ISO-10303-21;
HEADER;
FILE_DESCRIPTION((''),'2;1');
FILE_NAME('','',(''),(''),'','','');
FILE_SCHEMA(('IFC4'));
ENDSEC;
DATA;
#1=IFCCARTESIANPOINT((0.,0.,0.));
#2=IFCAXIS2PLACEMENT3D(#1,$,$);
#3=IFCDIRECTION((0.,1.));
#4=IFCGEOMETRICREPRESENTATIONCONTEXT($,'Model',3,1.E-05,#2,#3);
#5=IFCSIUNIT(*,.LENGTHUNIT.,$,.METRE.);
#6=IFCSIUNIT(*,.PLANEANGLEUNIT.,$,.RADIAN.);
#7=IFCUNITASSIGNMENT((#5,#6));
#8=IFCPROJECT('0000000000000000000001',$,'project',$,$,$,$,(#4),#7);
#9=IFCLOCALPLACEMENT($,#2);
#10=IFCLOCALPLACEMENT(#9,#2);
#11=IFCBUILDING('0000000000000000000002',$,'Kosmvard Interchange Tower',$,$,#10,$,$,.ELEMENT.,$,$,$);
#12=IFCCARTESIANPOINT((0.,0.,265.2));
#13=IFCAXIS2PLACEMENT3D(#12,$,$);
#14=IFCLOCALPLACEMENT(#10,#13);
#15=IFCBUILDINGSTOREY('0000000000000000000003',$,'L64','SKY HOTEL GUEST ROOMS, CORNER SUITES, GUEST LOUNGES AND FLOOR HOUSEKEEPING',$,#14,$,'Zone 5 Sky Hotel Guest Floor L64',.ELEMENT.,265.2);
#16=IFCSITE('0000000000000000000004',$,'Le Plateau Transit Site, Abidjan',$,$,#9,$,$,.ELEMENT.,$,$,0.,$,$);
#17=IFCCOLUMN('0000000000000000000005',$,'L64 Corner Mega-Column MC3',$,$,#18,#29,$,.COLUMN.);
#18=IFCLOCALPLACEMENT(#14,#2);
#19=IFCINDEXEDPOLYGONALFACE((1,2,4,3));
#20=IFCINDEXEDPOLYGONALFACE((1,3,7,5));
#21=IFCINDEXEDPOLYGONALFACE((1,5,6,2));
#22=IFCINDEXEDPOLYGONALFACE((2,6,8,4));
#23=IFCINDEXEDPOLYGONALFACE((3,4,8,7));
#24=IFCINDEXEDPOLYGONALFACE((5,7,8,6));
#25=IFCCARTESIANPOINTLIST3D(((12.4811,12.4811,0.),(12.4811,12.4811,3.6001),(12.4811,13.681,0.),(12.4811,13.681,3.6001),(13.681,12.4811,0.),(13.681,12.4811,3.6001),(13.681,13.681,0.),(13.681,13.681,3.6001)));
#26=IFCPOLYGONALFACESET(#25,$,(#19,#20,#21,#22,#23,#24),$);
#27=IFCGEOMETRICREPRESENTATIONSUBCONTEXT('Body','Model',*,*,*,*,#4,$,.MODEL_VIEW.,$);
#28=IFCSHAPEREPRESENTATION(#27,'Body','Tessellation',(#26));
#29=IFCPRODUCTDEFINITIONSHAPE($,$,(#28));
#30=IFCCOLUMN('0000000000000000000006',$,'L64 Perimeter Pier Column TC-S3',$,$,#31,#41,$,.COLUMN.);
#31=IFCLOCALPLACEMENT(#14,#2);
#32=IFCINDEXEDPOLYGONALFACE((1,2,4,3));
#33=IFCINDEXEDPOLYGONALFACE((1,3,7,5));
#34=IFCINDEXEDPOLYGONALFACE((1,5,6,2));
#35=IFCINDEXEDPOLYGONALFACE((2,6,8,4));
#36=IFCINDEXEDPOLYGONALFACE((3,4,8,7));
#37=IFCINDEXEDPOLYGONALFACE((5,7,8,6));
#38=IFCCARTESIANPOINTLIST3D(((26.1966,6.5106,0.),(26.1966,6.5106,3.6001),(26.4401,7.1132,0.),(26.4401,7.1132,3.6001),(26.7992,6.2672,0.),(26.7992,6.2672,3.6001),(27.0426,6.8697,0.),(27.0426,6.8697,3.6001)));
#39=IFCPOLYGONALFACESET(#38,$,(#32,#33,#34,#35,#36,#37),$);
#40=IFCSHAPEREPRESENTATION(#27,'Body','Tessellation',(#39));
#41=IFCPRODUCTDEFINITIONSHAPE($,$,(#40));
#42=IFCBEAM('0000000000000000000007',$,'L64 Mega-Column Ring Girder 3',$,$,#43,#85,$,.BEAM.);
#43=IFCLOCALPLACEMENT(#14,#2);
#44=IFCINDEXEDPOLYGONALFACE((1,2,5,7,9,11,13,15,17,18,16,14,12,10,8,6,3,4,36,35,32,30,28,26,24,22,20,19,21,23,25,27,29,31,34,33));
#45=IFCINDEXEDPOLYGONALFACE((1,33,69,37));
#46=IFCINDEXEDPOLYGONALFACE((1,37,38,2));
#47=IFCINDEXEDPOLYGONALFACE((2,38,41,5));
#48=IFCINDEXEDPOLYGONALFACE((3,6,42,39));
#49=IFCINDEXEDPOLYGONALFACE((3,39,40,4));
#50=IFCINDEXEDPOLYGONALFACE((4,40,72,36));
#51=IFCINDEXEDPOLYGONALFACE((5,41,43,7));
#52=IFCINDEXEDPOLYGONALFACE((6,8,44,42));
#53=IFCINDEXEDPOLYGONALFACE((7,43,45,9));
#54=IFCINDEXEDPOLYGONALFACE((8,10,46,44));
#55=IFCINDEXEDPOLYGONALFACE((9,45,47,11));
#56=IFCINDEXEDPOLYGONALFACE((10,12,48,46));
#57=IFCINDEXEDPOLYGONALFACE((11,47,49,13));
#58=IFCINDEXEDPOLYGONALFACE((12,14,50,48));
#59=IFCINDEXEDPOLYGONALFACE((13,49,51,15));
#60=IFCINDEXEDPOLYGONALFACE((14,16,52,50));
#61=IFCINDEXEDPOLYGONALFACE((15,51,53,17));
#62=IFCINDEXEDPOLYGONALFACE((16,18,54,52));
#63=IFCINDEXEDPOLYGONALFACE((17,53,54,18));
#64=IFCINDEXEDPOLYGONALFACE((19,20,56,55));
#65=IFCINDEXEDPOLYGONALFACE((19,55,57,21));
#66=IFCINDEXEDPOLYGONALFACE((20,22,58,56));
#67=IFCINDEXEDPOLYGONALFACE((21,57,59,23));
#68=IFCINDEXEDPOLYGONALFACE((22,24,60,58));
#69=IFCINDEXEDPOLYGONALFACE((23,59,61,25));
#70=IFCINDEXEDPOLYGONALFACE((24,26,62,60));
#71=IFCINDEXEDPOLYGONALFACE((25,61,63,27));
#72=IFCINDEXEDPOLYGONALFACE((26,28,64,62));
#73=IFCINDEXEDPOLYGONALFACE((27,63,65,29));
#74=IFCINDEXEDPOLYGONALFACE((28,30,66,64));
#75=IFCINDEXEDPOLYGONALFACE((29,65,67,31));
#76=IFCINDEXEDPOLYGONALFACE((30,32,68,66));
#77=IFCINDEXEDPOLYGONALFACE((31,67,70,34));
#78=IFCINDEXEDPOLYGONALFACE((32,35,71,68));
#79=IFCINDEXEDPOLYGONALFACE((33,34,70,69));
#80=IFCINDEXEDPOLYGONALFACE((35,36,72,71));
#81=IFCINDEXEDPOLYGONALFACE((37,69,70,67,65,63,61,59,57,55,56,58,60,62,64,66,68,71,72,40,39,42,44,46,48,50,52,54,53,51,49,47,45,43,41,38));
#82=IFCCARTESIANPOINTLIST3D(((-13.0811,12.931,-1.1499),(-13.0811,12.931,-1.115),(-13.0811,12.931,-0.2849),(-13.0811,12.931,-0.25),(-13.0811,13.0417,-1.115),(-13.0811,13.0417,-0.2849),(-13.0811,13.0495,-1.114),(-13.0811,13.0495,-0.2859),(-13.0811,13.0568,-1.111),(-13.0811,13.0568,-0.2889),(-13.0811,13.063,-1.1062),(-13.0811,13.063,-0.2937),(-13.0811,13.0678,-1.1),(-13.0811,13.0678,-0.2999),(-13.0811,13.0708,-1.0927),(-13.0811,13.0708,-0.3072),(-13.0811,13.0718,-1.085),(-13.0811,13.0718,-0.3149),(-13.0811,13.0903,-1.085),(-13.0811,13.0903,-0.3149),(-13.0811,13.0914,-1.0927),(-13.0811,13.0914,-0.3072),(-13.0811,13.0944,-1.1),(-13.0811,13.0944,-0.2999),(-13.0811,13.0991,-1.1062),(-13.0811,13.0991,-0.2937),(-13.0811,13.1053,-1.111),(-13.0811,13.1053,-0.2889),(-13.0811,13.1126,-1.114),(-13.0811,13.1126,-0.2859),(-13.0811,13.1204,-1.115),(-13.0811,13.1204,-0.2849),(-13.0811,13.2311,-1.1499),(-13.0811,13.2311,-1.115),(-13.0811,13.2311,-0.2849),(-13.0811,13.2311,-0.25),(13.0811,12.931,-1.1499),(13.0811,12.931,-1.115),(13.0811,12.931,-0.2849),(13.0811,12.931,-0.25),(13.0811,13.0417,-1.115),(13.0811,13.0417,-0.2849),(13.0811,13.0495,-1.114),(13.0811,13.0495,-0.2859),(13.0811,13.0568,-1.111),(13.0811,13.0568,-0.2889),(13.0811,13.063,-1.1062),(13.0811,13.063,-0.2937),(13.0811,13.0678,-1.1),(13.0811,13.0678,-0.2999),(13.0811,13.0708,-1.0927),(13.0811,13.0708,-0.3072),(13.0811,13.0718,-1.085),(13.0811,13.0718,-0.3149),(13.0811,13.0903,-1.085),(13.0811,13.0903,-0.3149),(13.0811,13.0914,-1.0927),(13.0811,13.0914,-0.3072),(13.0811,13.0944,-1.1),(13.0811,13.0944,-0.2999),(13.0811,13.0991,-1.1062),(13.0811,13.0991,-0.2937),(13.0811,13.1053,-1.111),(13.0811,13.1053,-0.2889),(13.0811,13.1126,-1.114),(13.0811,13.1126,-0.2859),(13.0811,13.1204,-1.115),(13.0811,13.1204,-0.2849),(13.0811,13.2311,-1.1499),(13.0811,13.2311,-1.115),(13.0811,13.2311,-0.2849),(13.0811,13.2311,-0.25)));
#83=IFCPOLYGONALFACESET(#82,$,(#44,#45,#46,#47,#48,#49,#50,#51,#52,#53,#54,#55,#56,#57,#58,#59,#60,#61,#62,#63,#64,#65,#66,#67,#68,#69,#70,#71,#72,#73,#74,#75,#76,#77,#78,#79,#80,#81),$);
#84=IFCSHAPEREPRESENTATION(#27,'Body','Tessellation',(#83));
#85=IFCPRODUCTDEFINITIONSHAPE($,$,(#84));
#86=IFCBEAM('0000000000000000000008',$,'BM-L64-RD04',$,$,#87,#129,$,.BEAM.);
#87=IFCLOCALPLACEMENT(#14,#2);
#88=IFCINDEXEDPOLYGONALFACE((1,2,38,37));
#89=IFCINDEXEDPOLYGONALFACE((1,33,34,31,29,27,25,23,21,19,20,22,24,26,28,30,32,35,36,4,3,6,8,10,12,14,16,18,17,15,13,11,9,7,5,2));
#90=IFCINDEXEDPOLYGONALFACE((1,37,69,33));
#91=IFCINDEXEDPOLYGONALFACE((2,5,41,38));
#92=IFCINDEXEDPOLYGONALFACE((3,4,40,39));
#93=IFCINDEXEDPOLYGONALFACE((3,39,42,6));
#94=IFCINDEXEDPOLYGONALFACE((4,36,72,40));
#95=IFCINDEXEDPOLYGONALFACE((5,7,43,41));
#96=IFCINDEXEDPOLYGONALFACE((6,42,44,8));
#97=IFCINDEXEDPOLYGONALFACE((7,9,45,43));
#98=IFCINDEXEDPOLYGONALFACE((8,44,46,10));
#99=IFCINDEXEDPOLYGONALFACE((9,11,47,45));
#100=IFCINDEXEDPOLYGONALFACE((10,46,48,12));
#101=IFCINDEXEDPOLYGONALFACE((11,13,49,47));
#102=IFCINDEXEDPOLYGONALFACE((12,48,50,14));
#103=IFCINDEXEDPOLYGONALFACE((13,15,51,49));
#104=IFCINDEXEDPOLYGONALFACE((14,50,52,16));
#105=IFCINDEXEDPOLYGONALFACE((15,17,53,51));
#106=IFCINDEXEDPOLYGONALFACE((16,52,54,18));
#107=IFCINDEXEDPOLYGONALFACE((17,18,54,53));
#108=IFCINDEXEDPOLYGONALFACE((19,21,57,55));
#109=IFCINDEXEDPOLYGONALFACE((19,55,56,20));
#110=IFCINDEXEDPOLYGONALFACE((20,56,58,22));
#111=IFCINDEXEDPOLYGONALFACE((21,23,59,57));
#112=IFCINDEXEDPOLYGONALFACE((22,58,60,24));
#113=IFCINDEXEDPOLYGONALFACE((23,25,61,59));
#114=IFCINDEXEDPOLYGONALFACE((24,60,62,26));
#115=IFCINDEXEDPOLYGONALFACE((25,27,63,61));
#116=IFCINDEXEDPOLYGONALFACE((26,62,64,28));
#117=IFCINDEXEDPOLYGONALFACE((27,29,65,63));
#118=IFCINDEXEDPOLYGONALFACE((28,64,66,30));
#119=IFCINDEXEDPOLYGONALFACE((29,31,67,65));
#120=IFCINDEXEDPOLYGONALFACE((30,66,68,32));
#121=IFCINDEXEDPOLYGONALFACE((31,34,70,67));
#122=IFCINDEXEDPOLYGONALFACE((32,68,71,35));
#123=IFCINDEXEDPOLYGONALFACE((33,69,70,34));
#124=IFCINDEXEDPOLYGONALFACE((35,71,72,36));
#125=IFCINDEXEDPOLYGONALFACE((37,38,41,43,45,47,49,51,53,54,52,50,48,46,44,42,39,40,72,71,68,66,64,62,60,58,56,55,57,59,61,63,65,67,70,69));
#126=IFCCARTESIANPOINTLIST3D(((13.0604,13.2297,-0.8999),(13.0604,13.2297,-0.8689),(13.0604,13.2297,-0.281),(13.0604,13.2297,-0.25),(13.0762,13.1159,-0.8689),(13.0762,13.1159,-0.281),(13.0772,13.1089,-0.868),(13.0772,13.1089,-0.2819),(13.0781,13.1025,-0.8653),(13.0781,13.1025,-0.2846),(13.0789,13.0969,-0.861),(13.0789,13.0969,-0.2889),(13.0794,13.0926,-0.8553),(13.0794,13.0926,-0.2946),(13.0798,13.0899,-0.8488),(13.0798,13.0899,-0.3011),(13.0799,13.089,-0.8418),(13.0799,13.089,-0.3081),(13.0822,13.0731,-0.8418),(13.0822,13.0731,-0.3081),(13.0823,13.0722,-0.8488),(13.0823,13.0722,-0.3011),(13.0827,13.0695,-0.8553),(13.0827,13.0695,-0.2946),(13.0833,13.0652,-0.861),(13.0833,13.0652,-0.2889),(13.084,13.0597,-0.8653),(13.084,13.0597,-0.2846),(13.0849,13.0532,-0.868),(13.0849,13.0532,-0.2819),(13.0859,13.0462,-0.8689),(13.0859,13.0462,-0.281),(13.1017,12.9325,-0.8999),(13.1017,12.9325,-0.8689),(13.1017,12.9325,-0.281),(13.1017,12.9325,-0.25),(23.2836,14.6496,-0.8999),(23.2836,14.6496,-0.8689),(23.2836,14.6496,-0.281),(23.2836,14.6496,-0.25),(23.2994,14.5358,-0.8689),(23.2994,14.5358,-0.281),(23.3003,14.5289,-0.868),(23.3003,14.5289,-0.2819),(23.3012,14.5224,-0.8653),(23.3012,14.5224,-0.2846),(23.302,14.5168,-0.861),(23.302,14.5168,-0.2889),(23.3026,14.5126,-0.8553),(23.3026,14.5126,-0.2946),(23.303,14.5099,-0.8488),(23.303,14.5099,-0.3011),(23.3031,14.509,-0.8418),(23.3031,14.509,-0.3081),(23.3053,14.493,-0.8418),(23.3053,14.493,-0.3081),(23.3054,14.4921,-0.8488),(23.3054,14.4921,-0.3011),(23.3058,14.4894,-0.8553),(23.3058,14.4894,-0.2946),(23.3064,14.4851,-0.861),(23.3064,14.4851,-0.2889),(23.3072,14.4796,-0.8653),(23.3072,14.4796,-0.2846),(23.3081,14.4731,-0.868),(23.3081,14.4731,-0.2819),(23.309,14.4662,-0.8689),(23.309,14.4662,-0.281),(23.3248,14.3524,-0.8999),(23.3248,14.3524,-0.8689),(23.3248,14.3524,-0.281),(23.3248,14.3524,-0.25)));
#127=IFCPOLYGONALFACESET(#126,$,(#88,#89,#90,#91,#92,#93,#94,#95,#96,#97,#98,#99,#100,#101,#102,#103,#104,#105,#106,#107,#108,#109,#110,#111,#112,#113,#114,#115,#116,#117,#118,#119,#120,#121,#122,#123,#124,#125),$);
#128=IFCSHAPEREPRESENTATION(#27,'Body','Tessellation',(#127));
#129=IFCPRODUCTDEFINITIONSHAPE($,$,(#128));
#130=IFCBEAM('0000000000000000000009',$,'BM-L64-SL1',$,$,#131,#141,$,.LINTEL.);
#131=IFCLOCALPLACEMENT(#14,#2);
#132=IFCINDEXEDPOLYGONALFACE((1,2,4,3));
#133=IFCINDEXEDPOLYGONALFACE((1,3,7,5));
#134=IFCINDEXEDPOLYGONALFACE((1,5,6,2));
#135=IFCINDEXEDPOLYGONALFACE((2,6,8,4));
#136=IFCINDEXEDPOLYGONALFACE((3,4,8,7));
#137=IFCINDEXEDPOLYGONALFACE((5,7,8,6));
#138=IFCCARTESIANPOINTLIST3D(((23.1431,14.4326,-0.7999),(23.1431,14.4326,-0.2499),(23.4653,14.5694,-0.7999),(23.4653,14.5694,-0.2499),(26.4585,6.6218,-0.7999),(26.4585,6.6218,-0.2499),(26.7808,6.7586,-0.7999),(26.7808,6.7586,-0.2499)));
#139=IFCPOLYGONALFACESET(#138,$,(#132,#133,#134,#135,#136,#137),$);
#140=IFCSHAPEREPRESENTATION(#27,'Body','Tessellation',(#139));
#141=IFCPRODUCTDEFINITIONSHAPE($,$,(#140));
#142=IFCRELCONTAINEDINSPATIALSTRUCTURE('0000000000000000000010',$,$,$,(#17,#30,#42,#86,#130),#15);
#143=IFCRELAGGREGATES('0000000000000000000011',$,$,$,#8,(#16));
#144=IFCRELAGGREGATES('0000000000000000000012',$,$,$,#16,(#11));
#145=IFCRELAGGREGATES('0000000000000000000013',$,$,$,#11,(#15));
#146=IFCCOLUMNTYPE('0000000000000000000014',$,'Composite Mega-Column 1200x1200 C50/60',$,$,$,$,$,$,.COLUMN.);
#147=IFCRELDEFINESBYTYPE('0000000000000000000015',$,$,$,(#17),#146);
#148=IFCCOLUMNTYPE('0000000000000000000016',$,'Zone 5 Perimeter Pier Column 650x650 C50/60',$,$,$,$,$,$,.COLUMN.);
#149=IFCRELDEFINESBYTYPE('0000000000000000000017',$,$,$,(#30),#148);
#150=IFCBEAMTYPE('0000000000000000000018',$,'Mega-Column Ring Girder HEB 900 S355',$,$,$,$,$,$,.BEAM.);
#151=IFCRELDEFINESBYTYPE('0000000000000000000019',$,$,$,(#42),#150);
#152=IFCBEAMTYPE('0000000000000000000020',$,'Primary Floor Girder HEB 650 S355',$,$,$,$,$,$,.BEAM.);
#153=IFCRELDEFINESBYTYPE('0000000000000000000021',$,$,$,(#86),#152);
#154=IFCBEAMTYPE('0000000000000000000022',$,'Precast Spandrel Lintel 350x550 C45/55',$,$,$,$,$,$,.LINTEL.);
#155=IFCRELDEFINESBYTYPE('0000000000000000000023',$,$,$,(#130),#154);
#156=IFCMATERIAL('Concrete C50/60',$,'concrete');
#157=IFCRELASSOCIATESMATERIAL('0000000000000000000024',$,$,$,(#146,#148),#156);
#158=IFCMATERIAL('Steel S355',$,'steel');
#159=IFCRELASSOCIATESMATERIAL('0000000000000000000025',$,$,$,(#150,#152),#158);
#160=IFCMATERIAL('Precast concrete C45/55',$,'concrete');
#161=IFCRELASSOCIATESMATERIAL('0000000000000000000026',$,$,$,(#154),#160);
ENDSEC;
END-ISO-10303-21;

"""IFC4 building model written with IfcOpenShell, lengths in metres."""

from ifc_helpers import new_model, si_unit, direction, frame, origin, origin_2d, place, context, subcontext, project, spatial, rectangle, i_section, extrude, source, transform, mapped, material, material_profile, profile_set, type_object, element, save


model = new_model("IFC4")

# Units and contexts
model_context = context("Model", 3, precision=1e-05, world=origin(), true_north=direction((0.0, 1.0)))
body_context = subcontext(model_context, "Body", "Model", "MODEL_VIEW")
ifc_project = project(units=[si_unit("LENGTHUNIT", "METRE"), si_unit("PLANEANGLEUNIT", "RADIAN")], contexts=[model_context])

# Site, building, storey
site_placement = place(None, origin())
site = spatial("IfcSite", under=ifc_project, at=site_placement, Name="Le Plateau Transit Site, Abidjan", CompositionType="ELEMENT", RefElevation=0.0)
building_placement = place(site_placement, origin())
building = spatial("IfcBuilding", under=site, at=building_placement, Name="Kosmvard Interchange Tower", CompositionType="ELEMENT")
storey_placement = place(building_placement, frame((0.0, 0.0, 265.2)))
storey = spatial("IfcBuildingStorey", under=building, at=storey_placement, Name="L64", Description="SKY HOTEL GUEST ROOMS, CORNER SUITES, GUEST LOUNGES AND FLOOR HOUSEKEEPING", LongName="Zone 5 Sky Hotel Guest Floor L64", CompositionType="ELEMENT", Elevation=265.2)

# Columns
ifc_material_1 = material(Name="Concrete C50/60", Category="concrete")
ifc_material_profile_1 = material_profile(ifc_material_1, rectangle(XDim=1.2, YDim=1.2, at=origin_2d()), Name="MC 1200x1200")
ifc_profile_set_1 = profile_set([ifc_material_profile_1], Name="Concrete C50/60")
column_type_1 = type_object("IfcColumnType", Name="Composite Mega-Column 1200x1200 C50/60", PredefinedType="COLUMN", material=ifc_profile_set_1)
shared_shape_1 = source(origin(), body_context, "Body", "SweptSolid", [
    extrude(rectangle(XDim=1.2, YDim=1.2, at=origin_2d()), origin(), (0.0, 0.0, 1.0), 3.6001),
])
column_1_placement = place(storey_placement, frame((13.0811, 13.0811, 0.0), z_axis=(0.0, 0.0, 1.0), x_axis=(1.0, 0.0, 0.0)))
element("IfcColumn", 1, at=column_1_placement, inside=storey, type_object=column_type_1, Name="L64 Corner Mega-Column MC3", PredefinedType="COLUMN", context=body_context, shape_type="MappedRepresentation", body=[
    mapped(shared_shape_1, transform((0.0, 0.0, 0.0), scale=1.0)),
])
ifc_material_profile_2 = material_profile(ifc_material_1, rectangle(XDim=0.6499, YDim=0.6499, at=origin_2d()), Name="TC 650x650")
ifc_profile_set_2 = profile_set([ifc_material_profile_2], Name="Concrete C50/60")
column_type_2 = type_object("IfcColumnType", Name="Zone 5 Perimeter Pier Column 650x650 C50/60", PredefinedType="COLUMN", material=ifc_profile_set_2)
shared_shape_2 = source(origin(), body_context, "Body", "SweptSolid", [
    extrude(rectangle(XDim=0.6499, YDim=0.6499, at=origin_2d()), origin(), (0.0, 0.0, 1.0), 3.6001),
])
column_2_placement = place(storey_placement, frame((26.6196, 6.6902, 0.0), z_axis=(0.0, 0.0, 1.0), x_axis=(0.374607, 0.927184, 0.0)))
element("IfcColumn", 2, at=column_2_placement, inside=storey, type_object=column_type_2, Name="L64 Perimeter Pier Column TC-S3", PredefinedType="COLUMN", context=body_context, shape_type="MappedRepresentation", body=[
    mapped(shared_shape_2, transform((0.0, 0.0, 0.0), scale=1.0)),
])

# Beams
ifc_material_2 = material(Name="Steel S355", Category="steel")
ifc_material_profile_3 = material_profile(ifc_material_2, i_section(OverallWidth=0.3, OverallDepth=0.8999, WebThickness=0.0186, FlangeThickness=0.0349, FilletRadius=0.03, at=origin_2d()), Name="HEB 900")
ifc_profile_set_3 = profile_set([ifc_material_profile_3], Name="Steel S355")
beam_type_1 = type_object("IfcBeamType", Name="Mega-Column Ring Girder HEB 900 S355", PredefinedType="BEAM", material=ifc_profile_set_3)
shared_shape_3 = source(origin(), body_context, "Body", "SweptSolid", [
    extrude(i_section(OverallWidth=0.3, OverallDepth=0.8999, WebThickness=0.0186, FlangeThickness=0.0349, FilletRadius=0.03, at=origin_2d()), origin(), (0.0, 0.0, 1.0), 26.1621),
])
beam_1_placement = place(storey_placement, frame((13.0811, 13.0811, -0.7), z_axis=(-1.0, 0.0, 0.0), x_axis=(0.0, -1.0, 0.0)))
element("IfcBeam", 3, at=beam_1_placement, inside=storey, type_object=beam_type_1, Name="L64 Mega-Column Ring Girder 3", PredefinedType="BEAM", context=body_context, shape_type="MappedRepresentation", body=[
    mapped(shared_shape_3, transform((0.0, 0.0, 0.0), scale=1.0)),
])
ifc_material_profile_4 = material_profile(ifc_material_2, i_section(OverallWidth=0.3, OverallDepth=0.6499, WebThickness=0.0161, FlangeThickness=0.031, FilletRadius=0.0271, at=origin_2d()), Name="HEB 650")
ifc_profile_set_4 = profile_set([ifc_material_profile_4], Name="Steel S355")
beam_type_2 = type_object("IfcBeamType", Name="Primary Floor Girder HEB 650 S355", PredefinedType="BEAM", material=ifc_profile_set_4)
shared_shape_4 = source(origin(), body_context, "Body", "SweptSolid", [
    extrude(i_section(OverallWidth=0.3, OverallDepth=0.6499, WebThickness=0.0161, FlangeThickness=0.031, FilletRadius=0.0271, at=origin_2d()), origin(), (0.0, 0.0, 1.0), 10.3213),
])
beam_2_placement = place(storey_placement, frame((13.0811, 13.0811, -0.575), z_axis=(0.990492, 0.137572, 0.0), x_axis=(-0.137572, 0.990492, 0.0)))
element("IfcBeam", 4, at=beam_2_placement, inside=storey, type_object=beam_type_2, Name="BM-L64-RD04", PredefinedType="BEAM", context=body_context, shape_type="MappedRepresentation", body=[
    mapped(shared_shape_4, transform((0.0, 0.0, 0.0), scale=1.0)),
])
ifc_material_3 = material(Name="Precast concrete C45/55", Category="concrete")
ifc_material_profile_5 = material_profile(ifc_material_3, rectangle(XDim=0.3501, YDim=0.55, at=origin_2d()), Name="SL 350x550")
ifc_profile_set_5 = profile_set([ifc_material_profile_5], Name="Precast concrete C45/55")
beam_type_3 = type_object("IfcBeamType", Name="Precast Spandrel Lintel 350x550 C45/55", PredefinedType="LINTEL", material=ifc_profile_set_5)
shared_shape_5 = source(origin(), body_context, "Body", "SweptSolid", [
    extrude(rectangle(XDim=0.3501, YDim=0.55, at=origin_2d()), origin(), (0.0, 0.0, 1.0), 8.4854),
])
beam_3_placement = place(storey_placement, frame((26.6196, 6.6902, -0.5249), z_axis=(-0.390726, 0.920507, 0.0), x_axis=(-0.920507, -0.390726, 0.0)))
element("IfcBeam", 5, at=beam_3_placement, inside=storey, type_object=beam_type_3, Name="BM-L64-SL1", PredefinedType="LINTEL", context=body_context, shape_type="MappedRepresentation", body=[
    mapped(shared_shape_5, transform((0.0, 0.0, 0.0), scale=1.0)),
])

save(model, "model.ifc")
